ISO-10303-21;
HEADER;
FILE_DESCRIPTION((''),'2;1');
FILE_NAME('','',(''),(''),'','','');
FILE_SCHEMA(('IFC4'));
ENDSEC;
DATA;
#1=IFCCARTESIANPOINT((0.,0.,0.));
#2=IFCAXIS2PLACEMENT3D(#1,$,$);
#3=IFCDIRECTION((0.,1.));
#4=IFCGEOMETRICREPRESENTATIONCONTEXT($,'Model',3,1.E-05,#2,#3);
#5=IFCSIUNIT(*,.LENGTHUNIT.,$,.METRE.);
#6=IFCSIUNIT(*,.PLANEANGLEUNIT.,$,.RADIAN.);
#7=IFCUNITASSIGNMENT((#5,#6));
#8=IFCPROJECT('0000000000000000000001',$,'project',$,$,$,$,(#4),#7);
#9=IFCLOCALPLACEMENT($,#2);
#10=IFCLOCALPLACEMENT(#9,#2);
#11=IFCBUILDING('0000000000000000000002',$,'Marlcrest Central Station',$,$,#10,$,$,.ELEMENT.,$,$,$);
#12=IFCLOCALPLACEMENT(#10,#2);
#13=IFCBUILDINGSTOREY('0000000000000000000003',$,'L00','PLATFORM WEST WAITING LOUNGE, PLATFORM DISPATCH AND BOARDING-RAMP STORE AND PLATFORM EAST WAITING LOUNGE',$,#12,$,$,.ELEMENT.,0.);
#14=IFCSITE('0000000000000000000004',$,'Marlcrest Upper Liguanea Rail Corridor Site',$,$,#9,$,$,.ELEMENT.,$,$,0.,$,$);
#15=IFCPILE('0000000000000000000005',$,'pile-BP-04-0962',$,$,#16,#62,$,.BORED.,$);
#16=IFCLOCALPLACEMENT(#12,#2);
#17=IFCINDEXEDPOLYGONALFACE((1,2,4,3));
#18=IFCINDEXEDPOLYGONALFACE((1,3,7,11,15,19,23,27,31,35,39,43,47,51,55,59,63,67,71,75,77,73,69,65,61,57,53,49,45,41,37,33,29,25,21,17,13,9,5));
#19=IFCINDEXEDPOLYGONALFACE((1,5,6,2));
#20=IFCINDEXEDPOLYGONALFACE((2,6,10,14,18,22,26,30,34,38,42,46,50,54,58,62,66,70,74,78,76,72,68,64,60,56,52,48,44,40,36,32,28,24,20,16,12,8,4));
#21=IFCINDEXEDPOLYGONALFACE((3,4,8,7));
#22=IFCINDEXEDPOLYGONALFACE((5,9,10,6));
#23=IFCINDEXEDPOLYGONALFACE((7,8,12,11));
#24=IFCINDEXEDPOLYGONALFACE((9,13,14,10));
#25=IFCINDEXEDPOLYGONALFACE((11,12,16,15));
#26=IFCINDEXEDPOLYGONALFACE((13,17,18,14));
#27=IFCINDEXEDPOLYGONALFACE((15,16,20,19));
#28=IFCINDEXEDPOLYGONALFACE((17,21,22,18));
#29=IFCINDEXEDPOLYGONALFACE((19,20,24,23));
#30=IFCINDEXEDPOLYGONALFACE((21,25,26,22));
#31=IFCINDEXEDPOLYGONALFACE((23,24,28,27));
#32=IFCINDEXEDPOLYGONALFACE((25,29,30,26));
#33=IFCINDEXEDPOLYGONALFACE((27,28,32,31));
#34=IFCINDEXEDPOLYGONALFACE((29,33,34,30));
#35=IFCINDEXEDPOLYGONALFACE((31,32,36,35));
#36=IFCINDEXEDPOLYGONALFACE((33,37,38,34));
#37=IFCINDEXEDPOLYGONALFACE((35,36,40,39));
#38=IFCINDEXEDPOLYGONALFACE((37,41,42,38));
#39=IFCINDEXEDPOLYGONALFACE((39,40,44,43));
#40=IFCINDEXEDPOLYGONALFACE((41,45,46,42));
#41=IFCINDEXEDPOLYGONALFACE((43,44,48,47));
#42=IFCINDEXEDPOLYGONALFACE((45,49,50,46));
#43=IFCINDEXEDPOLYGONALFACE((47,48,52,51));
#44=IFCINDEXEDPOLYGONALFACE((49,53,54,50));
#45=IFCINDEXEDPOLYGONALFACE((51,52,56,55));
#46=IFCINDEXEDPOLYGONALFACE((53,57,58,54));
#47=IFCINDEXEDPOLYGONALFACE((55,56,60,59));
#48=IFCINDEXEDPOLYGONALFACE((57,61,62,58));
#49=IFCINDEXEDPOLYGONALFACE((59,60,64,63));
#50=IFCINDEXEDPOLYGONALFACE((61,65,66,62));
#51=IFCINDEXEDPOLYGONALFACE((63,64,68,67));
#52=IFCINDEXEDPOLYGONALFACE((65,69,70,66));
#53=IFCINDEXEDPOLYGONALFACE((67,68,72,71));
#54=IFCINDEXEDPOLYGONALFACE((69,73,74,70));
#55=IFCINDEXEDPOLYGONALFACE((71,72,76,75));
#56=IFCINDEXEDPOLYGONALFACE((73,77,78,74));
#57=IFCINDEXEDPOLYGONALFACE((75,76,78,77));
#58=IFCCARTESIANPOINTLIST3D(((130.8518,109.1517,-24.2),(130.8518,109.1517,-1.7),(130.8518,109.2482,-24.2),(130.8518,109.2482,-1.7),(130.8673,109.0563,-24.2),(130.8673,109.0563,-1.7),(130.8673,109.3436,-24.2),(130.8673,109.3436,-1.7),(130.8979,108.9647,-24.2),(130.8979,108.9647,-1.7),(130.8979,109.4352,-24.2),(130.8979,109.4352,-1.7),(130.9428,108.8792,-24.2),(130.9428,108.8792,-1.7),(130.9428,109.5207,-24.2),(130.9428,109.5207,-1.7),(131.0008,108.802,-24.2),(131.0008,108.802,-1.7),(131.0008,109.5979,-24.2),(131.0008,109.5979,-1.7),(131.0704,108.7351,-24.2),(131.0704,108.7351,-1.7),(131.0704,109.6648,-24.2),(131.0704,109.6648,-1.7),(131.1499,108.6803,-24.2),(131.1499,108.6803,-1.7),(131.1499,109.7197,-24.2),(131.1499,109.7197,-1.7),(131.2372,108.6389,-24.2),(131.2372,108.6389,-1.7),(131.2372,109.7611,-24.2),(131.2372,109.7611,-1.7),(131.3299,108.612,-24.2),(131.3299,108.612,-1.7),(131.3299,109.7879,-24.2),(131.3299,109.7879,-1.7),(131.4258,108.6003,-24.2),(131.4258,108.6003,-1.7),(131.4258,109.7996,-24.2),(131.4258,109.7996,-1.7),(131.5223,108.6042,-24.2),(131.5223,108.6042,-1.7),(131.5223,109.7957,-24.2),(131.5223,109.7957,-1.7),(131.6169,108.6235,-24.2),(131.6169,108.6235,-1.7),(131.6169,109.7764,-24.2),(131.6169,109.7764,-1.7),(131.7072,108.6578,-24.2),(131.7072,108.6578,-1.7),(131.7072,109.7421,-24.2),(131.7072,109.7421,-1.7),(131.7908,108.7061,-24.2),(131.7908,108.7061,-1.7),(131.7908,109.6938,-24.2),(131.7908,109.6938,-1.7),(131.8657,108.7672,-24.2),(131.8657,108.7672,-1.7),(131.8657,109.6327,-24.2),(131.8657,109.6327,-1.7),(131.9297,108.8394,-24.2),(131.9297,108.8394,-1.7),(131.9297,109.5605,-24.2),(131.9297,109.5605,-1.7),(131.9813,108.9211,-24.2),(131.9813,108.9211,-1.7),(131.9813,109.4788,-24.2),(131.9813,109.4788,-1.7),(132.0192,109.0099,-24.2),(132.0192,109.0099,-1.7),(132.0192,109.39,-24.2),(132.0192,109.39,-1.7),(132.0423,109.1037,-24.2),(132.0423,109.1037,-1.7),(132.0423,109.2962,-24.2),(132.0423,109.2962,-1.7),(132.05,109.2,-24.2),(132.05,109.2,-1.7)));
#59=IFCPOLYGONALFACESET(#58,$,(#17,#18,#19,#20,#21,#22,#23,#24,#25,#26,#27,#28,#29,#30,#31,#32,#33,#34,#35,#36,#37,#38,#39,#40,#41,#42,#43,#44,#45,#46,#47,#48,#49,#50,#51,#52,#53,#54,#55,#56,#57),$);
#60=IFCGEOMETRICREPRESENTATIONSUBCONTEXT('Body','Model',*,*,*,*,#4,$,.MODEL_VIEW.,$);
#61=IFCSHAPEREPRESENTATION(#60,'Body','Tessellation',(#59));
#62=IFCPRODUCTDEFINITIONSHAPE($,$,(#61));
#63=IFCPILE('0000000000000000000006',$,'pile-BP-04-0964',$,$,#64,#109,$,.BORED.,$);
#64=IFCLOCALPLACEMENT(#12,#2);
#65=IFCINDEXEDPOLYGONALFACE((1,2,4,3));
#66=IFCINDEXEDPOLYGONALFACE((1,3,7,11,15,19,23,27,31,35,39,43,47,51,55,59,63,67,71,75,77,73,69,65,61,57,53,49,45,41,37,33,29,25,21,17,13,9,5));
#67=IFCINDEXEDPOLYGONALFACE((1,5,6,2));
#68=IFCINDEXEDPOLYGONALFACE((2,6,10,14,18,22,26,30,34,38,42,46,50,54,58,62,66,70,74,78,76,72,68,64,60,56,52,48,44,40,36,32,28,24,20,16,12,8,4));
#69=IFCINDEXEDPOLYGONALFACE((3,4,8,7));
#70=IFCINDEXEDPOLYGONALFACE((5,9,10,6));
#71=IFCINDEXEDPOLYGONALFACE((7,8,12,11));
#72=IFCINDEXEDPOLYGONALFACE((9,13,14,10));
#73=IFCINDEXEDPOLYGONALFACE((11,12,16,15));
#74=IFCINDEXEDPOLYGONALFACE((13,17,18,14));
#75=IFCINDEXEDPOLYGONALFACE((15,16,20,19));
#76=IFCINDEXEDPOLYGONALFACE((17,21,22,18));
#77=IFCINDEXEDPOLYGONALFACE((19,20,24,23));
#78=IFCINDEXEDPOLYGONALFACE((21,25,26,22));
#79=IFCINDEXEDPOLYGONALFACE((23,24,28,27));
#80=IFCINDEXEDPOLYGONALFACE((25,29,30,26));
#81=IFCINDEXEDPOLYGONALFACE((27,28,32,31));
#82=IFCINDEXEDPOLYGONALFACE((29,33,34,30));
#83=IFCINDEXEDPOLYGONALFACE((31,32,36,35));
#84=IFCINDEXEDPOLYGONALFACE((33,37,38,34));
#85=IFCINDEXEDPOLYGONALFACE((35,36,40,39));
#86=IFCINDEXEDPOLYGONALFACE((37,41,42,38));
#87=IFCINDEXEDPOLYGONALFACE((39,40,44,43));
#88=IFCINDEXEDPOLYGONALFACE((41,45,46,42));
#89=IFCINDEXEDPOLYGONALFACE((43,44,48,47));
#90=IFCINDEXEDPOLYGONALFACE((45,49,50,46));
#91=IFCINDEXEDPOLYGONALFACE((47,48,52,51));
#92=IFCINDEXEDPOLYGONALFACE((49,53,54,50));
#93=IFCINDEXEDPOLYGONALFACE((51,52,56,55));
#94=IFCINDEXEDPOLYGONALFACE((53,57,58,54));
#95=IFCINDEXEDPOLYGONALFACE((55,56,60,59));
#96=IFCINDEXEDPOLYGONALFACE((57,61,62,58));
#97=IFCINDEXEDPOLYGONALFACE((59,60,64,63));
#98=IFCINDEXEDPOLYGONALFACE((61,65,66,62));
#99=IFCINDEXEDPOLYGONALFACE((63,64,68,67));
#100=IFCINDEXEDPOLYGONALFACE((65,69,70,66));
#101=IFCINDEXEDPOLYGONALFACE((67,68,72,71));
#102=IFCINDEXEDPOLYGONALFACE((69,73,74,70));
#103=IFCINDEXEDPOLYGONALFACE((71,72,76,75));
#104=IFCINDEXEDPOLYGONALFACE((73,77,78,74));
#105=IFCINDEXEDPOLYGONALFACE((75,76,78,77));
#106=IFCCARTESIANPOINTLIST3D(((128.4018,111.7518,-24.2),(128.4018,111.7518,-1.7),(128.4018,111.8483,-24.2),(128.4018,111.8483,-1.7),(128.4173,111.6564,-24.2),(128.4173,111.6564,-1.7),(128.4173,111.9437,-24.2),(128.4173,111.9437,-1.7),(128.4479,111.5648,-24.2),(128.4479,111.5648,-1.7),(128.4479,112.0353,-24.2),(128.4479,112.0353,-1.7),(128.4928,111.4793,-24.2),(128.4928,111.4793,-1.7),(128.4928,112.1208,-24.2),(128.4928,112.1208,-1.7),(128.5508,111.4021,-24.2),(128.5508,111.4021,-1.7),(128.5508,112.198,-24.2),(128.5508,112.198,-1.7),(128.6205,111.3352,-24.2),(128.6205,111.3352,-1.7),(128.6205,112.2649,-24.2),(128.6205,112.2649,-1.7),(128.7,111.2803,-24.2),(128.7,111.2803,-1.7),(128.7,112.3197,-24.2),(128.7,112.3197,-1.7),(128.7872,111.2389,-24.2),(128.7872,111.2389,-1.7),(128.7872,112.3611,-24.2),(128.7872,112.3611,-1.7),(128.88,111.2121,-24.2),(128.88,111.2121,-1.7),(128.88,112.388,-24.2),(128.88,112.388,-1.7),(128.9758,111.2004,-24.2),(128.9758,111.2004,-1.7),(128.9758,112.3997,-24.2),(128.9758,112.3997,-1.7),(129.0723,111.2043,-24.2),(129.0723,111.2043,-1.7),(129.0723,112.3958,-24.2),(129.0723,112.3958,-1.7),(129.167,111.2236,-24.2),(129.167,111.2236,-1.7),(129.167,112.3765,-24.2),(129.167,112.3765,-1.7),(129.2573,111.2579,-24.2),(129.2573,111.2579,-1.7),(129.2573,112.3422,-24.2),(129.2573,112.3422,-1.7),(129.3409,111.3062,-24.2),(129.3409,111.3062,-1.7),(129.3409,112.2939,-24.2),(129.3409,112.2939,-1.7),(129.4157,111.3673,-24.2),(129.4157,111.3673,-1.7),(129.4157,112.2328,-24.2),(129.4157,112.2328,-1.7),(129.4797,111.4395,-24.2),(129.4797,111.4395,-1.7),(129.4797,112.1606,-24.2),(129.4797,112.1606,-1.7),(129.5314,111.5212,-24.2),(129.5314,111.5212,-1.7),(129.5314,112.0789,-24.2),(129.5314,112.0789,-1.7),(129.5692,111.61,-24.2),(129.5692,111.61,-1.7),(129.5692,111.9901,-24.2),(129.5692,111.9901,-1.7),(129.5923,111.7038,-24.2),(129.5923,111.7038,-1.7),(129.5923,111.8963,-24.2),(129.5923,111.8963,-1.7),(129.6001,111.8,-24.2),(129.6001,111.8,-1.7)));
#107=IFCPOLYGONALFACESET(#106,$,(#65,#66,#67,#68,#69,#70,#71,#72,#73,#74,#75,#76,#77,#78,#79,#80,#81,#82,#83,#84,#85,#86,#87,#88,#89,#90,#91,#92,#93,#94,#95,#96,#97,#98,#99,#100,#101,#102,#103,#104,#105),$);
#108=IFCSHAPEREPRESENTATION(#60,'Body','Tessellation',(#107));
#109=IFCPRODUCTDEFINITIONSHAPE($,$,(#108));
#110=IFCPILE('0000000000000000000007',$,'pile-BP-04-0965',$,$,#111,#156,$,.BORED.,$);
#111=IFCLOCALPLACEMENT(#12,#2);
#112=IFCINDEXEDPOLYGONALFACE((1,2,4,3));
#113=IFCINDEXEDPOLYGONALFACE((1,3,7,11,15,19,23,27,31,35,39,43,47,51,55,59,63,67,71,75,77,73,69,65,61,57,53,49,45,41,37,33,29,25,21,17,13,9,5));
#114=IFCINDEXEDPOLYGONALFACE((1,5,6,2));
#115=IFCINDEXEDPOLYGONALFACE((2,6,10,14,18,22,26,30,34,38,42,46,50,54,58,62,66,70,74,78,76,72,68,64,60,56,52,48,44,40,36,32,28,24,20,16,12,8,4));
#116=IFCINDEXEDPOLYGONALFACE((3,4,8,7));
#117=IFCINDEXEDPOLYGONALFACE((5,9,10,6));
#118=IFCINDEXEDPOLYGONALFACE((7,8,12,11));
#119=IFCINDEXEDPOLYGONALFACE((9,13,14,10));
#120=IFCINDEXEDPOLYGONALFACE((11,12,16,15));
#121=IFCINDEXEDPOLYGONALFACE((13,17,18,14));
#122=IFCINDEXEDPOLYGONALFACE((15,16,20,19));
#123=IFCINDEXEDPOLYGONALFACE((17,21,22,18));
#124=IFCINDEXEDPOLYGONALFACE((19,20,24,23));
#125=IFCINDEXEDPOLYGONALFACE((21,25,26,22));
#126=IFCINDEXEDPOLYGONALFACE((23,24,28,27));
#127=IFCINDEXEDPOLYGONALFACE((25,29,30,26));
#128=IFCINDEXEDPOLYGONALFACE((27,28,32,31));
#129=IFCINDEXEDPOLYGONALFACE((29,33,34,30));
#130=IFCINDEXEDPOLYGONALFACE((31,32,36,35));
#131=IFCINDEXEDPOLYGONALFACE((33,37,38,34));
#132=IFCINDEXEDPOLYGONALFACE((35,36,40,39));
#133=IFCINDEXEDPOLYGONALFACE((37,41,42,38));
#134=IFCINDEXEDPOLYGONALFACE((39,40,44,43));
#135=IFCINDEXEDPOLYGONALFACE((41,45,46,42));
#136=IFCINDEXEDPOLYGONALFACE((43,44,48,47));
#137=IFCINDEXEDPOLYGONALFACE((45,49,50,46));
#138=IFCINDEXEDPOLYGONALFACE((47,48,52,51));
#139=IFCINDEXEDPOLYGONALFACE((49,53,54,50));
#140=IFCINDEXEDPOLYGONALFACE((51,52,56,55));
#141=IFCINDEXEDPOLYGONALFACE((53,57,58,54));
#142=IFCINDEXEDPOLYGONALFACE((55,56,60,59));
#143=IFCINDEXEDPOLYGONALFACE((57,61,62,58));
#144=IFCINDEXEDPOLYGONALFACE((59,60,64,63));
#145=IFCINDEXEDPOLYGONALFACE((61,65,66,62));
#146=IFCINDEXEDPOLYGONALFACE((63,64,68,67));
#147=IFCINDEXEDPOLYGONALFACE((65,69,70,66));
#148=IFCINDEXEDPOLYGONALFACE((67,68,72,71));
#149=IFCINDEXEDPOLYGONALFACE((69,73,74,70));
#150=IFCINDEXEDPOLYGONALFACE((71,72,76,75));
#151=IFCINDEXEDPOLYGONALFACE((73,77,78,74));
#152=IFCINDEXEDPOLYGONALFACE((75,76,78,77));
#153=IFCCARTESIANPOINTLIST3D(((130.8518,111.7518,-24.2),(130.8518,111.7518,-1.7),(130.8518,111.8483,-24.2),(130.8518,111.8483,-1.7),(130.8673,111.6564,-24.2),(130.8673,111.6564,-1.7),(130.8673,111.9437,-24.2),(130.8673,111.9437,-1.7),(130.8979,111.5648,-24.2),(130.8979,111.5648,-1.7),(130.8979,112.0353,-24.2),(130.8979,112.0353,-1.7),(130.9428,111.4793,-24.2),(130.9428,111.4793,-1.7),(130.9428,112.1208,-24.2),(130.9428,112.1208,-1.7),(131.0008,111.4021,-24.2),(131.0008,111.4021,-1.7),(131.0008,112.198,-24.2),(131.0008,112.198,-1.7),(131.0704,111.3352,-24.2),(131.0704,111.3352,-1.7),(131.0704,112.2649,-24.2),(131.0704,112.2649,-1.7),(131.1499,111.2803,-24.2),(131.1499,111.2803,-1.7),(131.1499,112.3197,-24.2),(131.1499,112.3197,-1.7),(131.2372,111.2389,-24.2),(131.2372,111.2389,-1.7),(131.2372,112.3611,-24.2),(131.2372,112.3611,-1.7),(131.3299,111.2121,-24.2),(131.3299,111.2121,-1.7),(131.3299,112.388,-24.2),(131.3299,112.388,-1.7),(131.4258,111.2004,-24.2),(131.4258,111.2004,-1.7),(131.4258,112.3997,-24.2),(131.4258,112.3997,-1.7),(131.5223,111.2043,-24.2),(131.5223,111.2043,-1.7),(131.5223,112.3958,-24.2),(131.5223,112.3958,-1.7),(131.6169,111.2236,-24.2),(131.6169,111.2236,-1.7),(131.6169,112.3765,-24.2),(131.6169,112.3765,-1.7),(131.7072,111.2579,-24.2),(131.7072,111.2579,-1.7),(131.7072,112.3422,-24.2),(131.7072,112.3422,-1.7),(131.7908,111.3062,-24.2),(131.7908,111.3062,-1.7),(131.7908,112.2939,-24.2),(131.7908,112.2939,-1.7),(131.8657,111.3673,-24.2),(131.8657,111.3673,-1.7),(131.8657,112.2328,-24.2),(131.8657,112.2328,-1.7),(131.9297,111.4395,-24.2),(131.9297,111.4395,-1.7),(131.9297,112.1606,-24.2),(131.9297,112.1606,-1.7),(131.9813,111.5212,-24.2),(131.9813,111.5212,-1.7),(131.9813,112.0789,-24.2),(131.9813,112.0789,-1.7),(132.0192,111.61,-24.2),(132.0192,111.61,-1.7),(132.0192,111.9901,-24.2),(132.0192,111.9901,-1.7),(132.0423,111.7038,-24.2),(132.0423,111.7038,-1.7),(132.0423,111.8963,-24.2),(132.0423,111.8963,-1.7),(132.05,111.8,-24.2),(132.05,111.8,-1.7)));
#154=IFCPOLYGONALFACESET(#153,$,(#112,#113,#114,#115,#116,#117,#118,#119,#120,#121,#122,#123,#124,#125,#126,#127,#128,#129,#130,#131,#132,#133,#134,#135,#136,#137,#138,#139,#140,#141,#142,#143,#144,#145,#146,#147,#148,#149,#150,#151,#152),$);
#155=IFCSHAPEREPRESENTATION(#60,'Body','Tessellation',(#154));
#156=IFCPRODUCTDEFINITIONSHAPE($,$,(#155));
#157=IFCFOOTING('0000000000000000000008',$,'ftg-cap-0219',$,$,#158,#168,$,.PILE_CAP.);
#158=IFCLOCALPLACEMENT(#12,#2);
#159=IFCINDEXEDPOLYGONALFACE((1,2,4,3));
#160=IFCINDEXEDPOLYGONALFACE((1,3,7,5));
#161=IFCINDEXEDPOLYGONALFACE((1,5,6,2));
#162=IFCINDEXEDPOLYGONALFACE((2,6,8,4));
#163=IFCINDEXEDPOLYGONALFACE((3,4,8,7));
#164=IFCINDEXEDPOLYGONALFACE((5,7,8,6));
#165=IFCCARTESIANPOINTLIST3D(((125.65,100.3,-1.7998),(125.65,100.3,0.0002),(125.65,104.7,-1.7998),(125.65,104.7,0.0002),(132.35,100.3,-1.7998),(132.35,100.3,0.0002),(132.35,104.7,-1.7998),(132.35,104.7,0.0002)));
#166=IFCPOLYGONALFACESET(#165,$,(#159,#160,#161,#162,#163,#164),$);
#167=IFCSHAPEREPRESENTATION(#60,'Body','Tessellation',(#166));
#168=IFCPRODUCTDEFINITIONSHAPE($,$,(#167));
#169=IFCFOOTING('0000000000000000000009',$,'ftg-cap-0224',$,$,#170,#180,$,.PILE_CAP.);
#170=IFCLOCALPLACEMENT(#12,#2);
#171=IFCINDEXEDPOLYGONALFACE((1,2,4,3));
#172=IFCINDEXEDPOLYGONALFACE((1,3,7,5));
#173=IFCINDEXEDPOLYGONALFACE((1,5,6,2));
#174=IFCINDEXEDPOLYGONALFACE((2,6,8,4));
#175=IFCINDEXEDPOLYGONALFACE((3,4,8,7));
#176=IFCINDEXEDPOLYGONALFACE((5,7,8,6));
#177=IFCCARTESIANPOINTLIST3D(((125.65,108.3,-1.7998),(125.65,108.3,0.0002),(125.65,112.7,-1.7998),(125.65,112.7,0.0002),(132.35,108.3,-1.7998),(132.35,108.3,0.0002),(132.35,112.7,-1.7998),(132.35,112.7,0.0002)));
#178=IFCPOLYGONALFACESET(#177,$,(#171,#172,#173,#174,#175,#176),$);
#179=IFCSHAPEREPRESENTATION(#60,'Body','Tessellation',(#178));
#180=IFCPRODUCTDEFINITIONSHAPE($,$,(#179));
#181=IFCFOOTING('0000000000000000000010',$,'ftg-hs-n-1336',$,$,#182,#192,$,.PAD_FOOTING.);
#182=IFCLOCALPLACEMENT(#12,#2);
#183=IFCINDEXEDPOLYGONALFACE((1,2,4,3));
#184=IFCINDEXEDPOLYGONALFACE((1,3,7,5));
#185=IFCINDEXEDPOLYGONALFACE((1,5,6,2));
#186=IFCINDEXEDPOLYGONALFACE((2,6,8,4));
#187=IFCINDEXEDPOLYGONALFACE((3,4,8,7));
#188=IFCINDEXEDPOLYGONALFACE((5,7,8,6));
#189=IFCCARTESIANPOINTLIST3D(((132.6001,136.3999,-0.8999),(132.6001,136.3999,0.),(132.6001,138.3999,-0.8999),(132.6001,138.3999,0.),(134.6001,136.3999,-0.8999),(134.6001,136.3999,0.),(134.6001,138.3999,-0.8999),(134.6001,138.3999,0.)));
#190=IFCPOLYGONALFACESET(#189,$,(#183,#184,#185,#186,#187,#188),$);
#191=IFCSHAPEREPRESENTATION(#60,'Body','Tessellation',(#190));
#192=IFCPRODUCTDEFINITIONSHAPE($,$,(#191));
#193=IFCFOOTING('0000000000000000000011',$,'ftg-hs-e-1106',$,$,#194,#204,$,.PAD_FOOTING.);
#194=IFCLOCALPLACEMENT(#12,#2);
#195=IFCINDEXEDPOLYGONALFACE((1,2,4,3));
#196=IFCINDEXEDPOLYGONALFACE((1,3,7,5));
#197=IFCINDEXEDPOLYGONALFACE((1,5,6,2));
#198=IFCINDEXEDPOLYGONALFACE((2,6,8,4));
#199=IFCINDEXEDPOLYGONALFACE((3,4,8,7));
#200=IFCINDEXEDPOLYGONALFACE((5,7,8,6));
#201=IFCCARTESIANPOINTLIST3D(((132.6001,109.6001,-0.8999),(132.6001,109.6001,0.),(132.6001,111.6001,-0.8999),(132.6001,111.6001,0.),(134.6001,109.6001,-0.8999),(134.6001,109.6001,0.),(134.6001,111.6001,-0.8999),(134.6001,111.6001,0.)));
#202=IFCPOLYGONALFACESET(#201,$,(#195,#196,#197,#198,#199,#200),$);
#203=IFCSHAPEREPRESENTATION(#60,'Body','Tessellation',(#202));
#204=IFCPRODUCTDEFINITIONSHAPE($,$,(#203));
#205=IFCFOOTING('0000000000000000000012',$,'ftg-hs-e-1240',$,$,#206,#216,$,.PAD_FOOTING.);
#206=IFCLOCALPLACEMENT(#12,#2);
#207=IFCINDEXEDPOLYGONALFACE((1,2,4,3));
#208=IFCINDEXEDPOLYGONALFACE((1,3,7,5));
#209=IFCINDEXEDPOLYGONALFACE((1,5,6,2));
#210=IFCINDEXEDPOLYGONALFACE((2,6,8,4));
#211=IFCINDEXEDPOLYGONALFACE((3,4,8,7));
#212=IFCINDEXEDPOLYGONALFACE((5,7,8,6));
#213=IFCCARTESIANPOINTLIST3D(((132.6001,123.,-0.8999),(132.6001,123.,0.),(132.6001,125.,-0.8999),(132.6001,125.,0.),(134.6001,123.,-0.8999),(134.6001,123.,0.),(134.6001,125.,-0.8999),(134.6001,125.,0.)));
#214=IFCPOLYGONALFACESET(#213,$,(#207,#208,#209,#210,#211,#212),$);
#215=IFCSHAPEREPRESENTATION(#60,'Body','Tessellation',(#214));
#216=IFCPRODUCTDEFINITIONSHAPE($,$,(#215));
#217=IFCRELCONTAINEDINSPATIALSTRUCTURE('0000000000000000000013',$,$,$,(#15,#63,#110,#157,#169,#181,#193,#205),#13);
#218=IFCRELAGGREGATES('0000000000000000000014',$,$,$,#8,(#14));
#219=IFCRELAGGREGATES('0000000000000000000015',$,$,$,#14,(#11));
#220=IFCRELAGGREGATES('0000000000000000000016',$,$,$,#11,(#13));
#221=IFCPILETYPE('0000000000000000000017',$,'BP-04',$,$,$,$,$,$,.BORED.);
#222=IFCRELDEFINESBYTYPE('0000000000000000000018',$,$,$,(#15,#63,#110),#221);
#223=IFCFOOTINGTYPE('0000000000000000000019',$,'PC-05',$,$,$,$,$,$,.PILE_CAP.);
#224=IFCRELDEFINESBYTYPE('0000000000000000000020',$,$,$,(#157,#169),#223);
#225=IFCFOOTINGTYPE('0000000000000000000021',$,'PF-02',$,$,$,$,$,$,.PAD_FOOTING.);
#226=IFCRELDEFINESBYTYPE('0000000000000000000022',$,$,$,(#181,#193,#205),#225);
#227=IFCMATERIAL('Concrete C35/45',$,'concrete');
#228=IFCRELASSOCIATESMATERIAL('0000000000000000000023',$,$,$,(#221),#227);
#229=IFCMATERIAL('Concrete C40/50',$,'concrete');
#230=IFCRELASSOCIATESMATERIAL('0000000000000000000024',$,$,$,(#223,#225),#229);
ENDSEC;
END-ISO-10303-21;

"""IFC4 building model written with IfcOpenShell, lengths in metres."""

from ifc_helpers import new_model, si_unit, direction, frame, origin, origin_2d, place, context, subcontext, project, spatial, rectangle, circle, extrude, material, material_profile, profile_set, type_object, element, save


model = new_model("IFC4")

# Units and contexts
model_context = context("Model", 3, precision=1e-05, world=origin(), true_north=direction((0.0, 1.0)))
body_context = subcontext(model_context, "Body", "Model", "MODEL_VIEW")
ifc_project = project(units=[si_unit("LENGTHUNIT", "METRE"), si_unit("PLANEANGLEUNIT", "RADIAN")], contexts=[model_context])

# Site, building, storey
site_placement = place(None, origin())
site = spatial("IfcSite", under=ifc_project, at=site_placement, Name="Marlcrest Upper Liguanea Rail Corridor Site", CompositionType="ELEMENT", RefElevation=0.0)
building_placement = place(site_placement, origin())
building = spatial("IfcBuilding", under=site, at=building_placement, Name="Marlcrest Central Station", CompositionType="ELEMENT")
storey_placement = place(building_placement, origin())
storey = spatial("IfcBuildingStorey", under=building, at=storey_placement, Name="L00", Description="PLATFORM WEST WAITING LOUNGE, PLATFORM DISPATCH AND BOARDING-RAMP STORE AND PLATFORM EAST WAITING LOUNGE", CompositionType="ELEMENT", Elevation=0.0)

# Piles
ifc_material_1 = material(Name="Concrete C35/45", Category="concrete")
ifc_material_profile_1 = material_profile(ifc_material_1, circle(Radius=0.6001, at=origin_2d()), Name="PILE D1200")
ifc_profile_set_1 = profile_set([ifc_material_profile_1], Name="Concrete C35/45")
pile_type_1 = type_object("IfcPileType", Name="BP-04", PredefinedType="BORED", material=ifc_profile_set_1)
for number, where, z_axis, x_axis, name in (
    (1, (131.45, 109.2, -1.7), (0.0, 0.0, -1.0), (1.0, 0.0, 0.0), "pile-BP-04-0962"),
    (2, (129.0, 111.8, -1.7), (0.0, 0.0, -1.0), (1.0, 0.0, 0.0), "pile-BP-04-0964"),
    (3, (131.45, 111.8, -1.7), (0.0, 0.0, -1.0), (1.0, 0.0, 0.0), "pile-BP-04-0965"),
):
    element("IfcPile", number, at=place(storey_placement, frame(where, z_axis=z_axis, x_axis=x_axis)), inside=storey, type_object=pile_type_1, Name=name, PredefinedType="BORED", context=body_context, shape_type="SweptSolid", body=[
        extrude(circle(Radius=0.6001, at=origin_2d()), origin(), (0.0, 0.0, 1.0), 22.5),
    ])

# Footings
ifc_material_2 = material(Name="Concrete C40/50", Category="concrete")
footing_type_1 = type_object("IfcFootingType", Name="PC-05", PredefinedType="PILE_CAP", material=ifc_material_2)
for number, where, z_axis, x_axis, name in (
    (4, (129.0, 102.5, -1.7998), (0.0, 0.0, 1.0), (1.0, 0.0, 0.0), "ftg-cap-0219"),
    (5, (129.0, 110.5, -1.7998), (0.0, 0.0, 1.0), (1.0, 0.0, 0.0), "ftg-cap-0224"),
):
    element("IfcFooting", number, at=place(storey_placement, frame(where, z_axis=z_axis, x_axis=x_axis)), inside=storey, type_object=footing_type_1, Name=name, PredefinedType="PILE_CAP", context=body_context, shape_type="SweptSolid", body=[
        extrude(rectangle(XDim=6.7, YDim=4.3999, at=origin_2d()), origin(), (0.0, 0.0, 1.0), 1.8),
    ])
footing_type_2 = type_object("IfcFootingType", Name="PF-02", PredefinedType="PAD_FOOTING", material=ifc_material_2)
for number, where, z_axis, x_axis, name in (
    (6, (133.6001, 137.3999, -0.8999), (0.0, 0.0, 1.0), (1.0, 0.0, 0.0), "ftg-hs-n-1336"),
    (7, (133.6001, 110.6001, -0.8999), (0.0, 0.0, 1.0), (1.0, 0.0, 0.0), "ftg-hs-e-1106"),
    (8, (133.6001, 124.0, -0.8999), (0.0, 0.0, 1.0), (1.0, 0.0, 0.0), "ftg-hs-e-1240"),
):
    element("IfcFooting", number, at=place(storey_placement, frame(where, z_axis=z_axis, x_axis=x_axis)), inside=storey, type_object=footing_type_2, Name=name, PredefinedType="PAD_FOOTING", context=body_context, shape_type="SweptSolid", body=[
        extrude(rectangle(XDim=2.0, YDim=2.0, at=origin_2d()), origin(), (0.0, 0.0, 1.0), 0.8999),
    ])

save(model, "model.ifc")
